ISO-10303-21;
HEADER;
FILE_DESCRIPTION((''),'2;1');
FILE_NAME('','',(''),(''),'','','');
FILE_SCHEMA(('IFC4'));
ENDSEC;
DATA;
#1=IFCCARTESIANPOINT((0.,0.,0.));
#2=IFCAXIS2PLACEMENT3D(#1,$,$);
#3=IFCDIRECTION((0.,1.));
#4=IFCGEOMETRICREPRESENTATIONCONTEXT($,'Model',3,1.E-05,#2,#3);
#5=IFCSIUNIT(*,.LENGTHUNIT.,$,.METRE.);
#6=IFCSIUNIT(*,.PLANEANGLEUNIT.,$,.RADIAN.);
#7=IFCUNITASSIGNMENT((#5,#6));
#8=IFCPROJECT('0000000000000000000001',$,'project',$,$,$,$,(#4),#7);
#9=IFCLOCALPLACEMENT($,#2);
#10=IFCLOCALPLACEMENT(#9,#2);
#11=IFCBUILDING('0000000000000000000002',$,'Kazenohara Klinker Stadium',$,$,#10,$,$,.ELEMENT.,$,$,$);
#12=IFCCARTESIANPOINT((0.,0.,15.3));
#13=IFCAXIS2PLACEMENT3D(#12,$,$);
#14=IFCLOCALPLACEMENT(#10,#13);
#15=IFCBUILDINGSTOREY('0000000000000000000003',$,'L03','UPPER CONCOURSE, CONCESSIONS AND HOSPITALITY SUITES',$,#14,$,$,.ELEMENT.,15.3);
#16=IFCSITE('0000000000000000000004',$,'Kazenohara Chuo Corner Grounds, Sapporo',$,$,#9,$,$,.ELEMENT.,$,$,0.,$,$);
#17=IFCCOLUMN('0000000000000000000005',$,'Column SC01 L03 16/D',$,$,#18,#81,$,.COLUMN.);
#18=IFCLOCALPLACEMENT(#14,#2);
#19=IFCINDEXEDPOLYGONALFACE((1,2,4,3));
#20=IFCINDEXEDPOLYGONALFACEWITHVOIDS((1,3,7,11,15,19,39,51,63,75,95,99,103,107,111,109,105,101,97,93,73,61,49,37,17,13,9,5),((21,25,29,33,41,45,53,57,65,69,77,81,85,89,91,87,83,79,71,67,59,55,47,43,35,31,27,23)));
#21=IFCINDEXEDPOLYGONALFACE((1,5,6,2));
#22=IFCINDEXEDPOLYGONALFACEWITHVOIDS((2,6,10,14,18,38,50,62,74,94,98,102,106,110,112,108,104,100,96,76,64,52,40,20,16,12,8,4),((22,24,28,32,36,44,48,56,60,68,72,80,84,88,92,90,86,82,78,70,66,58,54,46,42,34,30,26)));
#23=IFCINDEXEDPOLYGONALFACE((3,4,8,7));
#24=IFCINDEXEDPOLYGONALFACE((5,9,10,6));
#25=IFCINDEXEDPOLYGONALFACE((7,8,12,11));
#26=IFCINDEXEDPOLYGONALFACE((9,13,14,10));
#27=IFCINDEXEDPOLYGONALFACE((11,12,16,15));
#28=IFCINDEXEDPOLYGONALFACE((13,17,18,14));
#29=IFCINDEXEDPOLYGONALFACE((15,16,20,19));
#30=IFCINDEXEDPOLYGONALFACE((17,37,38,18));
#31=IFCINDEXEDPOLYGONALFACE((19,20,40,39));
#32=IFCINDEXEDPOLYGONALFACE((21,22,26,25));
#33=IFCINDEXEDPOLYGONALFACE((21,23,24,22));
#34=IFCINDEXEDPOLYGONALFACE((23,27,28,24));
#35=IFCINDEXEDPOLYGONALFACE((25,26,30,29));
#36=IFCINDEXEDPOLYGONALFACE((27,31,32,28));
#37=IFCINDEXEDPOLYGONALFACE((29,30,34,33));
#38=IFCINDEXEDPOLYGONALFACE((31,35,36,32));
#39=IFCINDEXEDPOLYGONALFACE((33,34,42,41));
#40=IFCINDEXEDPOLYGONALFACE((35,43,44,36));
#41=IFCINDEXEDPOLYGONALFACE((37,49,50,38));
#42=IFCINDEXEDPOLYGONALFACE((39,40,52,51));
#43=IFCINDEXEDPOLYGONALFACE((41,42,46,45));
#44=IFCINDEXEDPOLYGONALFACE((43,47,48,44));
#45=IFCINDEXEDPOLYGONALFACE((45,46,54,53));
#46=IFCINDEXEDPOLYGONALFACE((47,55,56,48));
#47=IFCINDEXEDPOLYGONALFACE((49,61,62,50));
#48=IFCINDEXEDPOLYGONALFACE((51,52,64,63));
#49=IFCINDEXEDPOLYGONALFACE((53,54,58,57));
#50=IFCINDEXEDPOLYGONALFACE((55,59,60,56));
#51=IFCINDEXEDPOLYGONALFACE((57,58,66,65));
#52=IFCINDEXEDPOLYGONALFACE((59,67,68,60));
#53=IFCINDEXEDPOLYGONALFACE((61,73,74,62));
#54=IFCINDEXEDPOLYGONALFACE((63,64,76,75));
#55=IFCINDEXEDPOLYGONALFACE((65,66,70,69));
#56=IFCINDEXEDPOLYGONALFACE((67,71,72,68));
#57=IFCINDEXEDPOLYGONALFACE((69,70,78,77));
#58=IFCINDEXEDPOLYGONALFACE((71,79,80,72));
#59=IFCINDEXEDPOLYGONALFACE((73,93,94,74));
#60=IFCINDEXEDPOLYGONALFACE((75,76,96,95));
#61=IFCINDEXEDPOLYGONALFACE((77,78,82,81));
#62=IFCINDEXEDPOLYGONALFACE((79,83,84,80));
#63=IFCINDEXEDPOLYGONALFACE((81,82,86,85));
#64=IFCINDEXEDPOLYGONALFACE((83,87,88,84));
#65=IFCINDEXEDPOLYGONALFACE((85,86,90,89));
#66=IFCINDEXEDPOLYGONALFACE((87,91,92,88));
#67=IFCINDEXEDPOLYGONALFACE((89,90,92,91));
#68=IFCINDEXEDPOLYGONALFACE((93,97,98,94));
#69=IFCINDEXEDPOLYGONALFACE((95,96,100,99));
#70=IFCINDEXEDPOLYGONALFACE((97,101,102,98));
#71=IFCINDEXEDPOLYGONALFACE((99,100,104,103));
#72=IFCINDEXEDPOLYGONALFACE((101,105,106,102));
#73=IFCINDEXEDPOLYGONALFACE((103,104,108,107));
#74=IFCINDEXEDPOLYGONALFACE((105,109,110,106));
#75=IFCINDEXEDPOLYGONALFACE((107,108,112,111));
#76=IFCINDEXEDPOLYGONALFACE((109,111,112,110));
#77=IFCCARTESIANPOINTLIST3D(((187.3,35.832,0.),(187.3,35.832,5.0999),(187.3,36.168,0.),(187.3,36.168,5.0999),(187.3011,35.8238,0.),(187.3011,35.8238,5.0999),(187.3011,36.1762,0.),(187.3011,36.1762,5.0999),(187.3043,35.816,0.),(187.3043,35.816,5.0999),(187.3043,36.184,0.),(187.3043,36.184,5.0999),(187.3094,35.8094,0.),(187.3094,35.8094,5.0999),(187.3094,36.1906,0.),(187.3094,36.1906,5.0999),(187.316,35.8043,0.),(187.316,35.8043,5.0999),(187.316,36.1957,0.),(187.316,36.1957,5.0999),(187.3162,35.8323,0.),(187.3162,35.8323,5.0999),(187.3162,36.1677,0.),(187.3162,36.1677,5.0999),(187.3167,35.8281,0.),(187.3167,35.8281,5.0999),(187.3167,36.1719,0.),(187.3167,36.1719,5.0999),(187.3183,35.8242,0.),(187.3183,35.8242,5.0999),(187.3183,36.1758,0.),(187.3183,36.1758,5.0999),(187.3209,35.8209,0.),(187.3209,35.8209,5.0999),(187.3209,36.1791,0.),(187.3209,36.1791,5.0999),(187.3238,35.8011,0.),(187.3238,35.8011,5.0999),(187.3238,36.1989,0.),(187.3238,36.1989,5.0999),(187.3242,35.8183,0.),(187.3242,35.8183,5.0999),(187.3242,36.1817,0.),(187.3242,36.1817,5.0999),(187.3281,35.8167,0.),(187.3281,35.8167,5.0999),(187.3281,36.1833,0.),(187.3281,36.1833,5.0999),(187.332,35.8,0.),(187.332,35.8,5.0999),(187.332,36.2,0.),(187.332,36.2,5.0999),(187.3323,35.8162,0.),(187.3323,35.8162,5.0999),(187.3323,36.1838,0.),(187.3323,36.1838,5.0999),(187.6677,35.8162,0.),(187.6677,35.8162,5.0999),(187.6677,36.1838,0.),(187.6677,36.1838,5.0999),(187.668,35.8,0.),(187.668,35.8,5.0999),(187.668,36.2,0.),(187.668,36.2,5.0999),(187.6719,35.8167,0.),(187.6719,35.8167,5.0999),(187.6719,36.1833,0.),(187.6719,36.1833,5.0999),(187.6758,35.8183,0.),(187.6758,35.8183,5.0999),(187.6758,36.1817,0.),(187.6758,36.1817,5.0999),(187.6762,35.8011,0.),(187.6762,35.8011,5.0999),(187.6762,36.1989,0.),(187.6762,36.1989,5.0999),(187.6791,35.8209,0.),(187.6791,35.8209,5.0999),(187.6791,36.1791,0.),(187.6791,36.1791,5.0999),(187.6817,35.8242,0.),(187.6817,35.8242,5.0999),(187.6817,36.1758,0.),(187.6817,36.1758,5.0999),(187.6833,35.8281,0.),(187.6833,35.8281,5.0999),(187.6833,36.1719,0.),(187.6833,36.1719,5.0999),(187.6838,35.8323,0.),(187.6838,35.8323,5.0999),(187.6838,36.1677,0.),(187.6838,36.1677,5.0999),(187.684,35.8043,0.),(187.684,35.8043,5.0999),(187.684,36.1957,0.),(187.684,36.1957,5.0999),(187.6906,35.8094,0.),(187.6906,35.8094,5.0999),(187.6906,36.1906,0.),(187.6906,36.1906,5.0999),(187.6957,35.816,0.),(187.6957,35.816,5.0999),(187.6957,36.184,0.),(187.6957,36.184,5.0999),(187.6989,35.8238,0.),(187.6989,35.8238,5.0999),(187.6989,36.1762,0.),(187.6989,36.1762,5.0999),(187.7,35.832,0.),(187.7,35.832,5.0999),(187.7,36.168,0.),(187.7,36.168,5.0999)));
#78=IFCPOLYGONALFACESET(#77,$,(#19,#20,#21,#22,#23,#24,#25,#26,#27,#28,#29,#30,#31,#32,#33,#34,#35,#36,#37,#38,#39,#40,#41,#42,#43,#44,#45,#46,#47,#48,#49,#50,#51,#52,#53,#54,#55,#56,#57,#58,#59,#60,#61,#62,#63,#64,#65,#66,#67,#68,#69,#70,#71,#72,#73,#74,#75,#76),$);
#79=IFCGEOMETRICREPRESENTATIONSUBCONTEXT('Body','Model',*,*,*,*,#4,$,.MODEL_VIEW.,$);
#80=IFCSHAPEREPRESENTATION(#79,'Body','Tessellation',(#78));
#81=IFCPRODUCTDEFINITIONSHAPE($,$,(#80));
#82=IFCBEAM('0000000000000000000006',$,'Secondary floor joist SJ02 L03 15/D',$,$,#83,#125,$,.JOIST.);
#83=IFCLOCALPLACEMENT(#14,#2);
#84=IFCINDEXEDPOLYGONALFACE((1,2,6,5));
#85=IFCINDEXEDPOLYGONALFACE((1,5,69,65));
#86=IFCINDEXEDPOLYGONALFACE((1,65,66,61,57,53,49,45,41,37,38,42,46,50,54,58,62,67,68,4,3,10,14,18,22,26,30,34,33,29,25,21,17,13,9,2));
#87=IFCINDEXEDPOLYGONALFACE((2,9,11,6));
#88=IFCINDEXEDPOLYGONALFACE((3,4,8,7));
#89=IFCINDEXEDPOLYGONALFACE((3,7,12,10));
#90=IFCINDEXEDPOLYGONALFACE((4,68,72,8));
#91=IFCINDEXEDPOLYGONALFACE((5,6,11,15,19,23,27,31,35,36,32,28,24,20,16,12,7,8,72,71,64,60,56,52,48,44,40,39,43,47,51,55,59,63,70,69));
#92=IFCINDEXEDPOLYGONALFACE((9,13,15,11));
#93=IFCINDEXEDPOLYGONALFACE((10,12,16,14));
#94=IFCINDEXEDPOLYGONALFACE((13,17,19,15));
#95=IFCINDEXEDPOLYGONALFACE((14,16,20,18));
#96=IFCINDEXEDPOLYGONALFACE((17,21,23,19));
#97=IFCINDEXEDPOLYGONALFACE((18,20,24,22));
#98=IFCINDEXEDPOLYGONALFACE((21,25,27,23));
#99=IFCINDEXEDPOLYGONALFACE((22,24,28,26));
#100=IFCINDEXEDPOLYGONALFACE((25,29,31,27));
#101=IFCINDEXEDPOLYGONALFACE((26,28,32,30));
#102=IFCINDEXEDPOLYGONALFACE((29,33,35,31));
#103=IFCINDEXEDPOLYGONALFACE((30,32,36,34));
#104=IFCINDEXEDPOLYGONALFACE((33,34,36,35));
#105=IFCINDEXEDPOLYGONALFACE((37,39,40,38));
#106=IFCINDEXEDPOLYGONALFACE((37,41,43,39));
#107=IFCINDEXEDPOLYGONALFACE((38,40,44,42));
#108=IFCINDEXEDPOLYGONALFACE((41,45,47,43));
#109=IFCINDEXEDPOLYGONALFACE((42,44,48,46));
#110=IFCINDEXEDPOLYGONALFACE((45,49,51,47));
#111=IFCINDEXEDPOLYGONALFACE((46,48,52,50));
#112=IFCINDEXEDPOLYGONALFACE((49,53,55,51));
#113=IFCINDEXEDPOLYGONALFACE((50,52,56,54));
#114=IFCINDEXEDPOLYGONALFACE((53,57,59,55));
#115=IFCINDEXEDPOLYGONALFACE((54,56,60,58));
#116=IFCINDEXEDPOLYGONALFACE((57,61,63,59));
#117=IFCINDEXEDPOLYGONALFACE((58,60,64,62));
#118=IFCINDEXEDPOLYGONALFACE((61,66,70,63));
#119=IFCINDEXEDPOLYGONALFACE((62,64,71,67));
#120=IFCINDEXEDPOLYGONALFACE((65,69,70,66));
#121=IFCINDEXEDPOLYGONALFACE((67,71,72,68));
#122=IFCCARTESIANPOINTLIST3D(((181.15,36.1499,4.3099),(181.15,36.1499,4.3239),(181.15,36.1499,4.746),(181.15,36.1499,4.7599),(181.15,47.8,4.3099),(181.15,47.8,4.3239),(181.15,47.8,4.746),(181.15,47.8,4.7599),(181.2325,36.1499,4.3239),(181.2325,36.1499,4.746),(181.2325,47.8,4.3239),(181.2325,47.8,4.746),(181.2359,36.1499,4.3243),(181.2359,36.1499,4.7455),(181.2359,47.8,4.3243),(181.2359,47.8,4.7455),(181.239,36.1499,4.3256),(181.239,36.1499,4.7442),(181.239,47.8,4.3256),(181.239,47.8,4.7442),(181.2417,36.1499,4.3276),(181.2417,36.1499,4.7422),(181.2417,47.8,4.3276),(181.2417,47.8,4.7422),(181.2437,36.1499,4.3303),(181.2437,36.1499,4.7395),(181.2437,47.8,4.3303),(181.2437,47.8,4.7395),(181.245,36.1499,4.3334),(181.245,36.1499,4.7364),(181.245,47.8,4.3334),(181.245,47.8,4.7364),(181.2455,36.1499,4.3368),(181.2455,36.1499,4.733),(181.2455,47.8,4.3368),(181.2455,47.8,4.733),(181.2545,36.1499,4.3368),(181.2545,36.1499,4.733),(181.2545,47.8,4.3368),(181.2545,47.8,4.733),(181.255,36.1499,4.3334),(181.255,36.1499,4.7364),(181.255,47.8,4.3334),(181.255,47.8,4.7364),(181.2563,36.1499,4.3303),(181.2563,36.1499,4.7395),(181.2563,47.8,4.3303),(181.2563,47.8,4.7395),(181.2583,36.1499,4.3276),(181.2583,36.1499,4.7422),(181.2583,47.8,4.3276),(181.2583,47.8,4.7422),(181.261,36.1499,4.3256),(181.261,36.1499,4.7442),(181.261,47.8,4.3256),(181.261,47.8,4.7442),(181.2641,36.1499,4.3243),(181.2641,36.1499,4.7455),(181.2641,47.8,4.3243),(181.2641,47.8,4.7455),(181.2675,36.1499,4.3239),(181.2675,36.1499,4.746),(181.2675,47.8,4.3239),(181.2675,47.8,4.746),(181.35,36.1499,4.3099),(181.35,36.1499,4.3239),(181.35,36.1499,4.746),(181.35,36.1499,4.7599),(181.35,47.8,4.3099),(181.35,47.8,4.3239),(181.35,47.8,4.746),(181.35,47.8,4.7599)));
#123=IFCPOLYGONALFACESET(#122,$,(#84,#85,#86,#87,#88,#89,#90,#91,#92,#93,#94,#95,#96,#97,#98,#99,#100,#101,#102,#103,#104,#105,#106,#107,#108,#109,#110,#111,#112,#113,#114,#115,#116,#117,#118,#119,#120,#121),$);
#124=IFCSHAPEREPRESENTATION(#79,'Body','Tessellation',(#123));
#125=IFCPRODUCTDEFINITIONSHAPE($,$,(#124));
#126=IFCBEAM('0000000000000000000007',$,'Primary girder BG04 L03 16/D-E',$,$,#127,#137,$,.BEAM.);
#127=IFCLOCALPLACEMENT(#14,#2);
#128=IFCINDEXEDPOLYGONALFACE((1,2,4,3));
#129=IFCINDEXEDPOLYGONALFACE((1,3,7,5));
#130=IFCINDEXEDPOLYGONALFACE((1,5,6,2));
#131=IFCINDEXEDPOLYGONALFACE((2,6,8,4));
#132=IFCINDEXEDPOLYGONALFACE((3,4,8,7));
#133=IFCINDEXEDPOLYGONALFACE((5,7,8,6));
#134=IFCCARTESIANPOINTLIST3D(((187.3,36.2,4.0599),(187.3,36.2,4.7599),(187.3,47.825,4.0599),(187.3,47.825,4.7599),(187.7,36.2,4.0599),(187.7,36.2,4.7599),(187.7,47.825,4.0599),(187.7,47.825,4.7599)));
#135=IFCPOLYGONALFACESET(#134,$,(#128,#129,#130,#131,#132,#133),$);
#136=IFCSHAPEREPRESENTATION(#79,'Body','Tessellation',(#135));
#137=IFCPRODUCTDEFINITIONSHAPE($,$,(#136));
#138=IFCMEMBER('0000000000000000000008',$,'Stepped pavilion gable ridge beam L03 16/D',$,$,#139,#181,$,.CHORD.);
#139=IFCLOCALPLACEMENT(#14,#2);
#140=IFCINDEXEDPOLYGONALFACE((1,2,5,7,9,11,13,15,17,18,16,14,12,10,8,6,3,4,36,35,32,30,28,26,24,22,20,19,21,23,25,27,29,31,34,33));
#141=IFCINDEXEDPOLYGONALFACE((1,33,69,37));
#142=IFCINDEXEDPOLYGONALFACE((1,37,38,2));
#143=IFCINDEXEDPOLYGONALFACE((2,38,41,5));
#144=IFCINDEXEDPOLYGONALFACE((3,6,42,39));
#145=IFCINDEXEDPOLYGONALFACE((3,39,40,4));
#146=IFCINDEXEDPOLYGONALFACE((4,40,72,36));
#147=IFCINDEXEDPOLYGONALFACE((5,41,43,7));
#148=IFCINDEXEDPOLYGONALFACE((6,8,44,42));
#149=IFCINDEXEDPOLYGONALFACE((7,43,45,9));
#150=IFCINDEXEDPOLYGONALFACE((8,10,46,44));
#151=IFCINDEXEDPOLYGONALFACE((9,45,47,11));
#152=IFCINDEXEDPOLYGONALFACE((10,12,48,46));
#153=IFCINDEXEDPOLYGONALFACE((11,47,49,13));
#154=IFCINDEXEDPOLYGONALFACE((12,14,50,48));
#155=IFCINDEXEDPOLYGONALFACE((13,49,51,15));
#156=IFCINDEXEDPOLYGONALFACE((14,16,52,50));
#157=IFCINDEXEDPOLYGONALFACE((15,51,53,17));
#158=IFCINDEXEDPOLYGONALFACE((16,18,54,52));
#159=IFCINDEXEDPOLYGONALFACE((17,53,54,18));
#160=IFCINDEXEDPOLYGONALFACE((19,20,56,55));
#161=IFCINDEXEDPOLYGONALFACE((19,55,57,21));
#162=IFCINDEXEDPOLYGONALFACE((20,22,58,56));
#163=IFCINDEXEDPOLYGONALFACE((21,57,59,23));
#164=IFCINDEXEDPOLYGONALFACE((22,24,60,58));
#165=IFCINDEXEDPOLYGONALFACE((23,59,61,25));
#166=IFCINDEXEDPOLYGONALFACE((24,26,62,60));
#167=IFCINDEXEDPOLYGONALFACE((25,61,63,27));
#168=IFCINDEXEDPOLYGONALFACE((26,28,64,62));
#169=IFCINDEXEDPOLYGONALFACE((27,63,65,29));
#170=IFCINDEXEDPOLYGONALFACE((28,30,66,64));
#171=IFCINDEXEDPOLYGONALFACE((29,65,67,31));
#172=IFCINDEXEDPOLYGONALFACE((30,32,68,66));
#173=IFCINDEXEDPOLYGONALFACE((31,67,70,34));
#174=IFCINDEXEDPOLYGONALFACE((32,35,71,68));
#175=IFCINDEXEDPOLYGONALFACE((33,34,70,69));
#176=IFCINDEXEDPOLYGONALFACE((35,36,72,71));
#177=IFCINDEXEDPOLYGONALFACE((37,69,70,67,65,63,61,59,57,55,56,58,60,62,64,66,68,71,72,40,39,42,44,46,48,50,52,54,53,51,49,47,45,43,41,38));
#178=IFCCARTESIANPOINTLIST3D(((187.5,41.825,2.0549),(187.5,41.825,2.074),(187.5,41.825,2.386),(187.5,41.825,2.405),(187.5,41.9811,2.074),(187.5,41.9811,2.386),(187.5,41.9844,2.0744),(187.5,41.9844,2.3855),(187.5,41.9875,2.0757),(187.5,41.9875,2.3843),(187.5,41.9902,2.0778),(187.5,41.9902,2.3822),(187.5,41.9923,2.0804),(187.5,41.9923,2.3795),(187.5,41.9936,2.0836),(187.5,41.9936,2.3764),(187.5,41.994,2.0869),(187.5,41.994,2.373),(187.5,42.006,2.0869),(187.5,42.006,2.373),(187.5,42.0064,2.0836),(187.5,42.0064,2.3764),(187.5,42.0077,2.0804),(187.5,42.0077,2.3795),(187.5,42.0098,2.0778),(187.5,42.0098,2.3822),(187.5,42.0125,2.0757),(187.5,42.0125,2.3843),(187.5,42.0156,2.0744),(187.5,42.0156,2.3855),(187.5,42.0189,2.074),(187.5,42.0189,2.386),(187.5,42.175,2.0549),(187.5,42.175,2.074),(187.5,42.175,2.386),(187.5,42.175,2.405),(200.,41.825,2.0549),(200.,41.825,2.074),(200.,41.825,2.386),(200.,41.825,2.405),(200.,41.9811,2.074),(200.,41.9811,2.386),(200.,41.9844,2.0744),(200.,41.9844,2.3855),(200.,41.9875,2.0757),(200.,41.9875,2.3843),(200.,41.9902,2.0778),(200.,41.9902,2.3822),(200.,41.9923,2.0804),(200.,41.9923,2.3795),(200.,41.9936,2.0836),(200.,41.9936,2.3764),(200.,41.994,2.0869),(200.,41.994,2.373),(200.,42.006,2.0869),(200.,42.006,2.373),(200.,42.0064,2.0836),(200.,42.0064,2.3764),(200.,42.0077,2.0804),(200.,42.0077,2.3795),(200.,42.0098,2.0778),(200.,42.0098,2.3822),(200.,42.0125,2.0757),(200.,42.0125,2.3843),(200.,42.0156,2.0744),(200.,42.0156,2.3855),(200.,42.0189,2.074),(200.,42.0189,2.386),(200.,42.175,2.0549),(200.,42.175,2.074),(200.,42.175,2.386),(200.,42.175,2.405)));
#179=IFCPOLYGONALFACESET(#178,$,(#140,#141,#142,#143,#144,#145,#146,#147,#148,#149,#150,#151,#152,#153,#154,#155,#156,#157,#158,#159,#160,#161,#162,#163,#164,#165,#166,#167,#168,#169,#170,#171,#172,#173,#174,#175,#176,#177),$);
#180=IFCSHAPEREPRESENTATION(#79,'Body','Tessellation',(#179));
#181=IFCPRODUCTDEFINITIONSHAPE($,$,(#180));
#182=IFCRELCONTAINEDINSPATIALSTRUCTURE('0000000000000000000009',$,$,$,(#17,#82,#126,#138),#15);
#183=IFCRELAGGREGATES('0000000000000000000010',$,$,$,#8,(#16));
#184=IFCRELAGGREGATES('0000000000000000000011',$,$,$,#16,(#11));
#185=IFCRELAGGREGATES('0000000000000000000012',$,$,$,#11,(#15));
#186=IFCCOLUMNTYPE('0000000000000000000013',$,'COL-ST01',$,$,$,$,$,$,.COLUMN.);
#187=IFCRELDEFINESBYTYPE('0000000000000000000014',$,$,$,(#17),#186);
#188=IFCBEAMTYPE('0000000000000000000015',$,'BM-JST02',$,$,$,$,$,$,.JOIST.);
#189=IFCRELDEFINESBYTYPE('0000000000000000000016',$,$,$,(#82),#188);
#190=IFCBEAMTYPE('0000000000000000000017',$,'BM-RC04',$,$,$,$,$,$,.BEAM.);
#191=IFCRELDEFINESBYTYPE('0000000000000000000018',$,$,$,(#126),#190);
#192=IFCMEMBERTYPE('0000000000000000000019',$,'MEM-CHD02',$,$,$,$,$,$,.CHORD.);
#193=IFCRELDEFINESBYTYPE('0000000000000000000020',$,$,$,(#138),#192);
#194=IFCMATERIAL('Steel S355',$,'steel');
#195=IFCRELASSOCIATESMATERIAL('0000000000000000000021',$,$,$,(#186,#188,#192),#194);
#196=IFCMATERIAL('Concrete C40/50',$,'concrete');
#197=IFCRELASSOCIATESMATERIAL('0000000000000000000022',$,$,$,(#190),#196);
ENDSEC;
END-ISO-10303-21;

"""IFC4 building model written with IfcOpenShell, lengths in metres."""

from ifc_helpers import new_model, si_unit, direction, frame, origin, origin_2d, place, context, subcontext, project, spatial, rectangle, hollow_rectangle, i_section, extrude, material, material_profile, profile_set, type_object, element, save


model = new_model("IFC4")

# Units and contexts
model_context = context("Model", 3, precision=1e-05, world=origin(), true_north=direction((0.0, 1.0)))
body_context = subcontext(model_context, "Body", "Model", "MODEL_VIEW")
ifc_project = project(units=[si_unit("LENGTHUNIT", "METRE"), si_unit("PLANEANGLEUNIT", "RADIAN")], contexts=[model_context])

# Site, building, storey
site_placement = place(None, origin())
site = spatial("IfcSite", under=ifc_project, at=site_placement, Name="Kazenohara Chuo Corner Grounds, Sapporo", CompositionType="ELEMENT", RefElevation=0.0)
building_placement = place(site_placement, origin())
building = spatial("IfcBuilding", under=site, at=building_placement, Name="Kazenohara Klinker Stadium", CompositionType="ELEMENT")
storey_placement = place(building_placement, frame((0.0, 0.0, 15.3)))
storey = spatial("IfcBuildingStorey", under=building, at=storey_placement, Name="L03", Description="UPPER CONCOURSE, CONCESSIONS AND HOSPITALITY SUITES", CompositionType="ELEMENT", Elevation=15.3)

# Column
ifc_material_1 = material(Name="Steel S355", Category="steel")
ifc_material_profile_1 = material_profile(ifc_material_1, hollow_rectangle(XDim=0.3999, YDim=0.3999, WallThickness=0.0161, InnerFilletRadius=0.0161, OuterFilletRadius=0.032, at=origin_2d()), Name="SHS-400x400x16")
ifc_profile_set_1 = profile_set([ifc_material_profile_1], Name="Steel S355")
column_type = type_object("IfcColumnType", Name="COL-ST01", PredefinedType="COLUMN", material=ifc_profile_set_1)
column_placement = place(storey_placement, frame((187.5, 36.0, 0.0), z_axis=(0.0, 0.0, 1.0), x_axis=(1.0, 0.0, 0.0)))
element("IfcColumn", 1, at=column_placement, inside=storey, type_object=column_type, Name="Column SC01 L03 16/D", PredefinedType="COLUMN", context=body_context, shape_type="SweptSolid", body=[
    extrude(hollow_rectangle(XDim=0.3999, YDim=0.3999, WallThickness=0.0161, InnerFilletRadius=0.0161, OuterFilletRadius=0.032, at=origin_2d()), origin(), (0.0, 0.0, 1.0), 5.0999),
])

# Beams
ifc_material_profile_2 = material_profile(ifc_material_1, i_section(OverallWidth=0.2, OverallDepth=0.45, WebThickness=0.009, FlangeThickness=0.0139, FilletRadius=0.0129, at=origin_2d()), Name="H-450x200x9x14")
ifc_profile_set_2 = profile_set([ifc_material_profile_2], Name="Steel S355")
beam_type_1 = type_object("IfcBeamType", Name="BM-JST02", PredefinedType="JOIST", material=ifc_profile_set_2)
beam_1_placement = place(storey_placement, frame((181.25, 36.1499, 4.5349), z_axis=(0.0, 1.0, 0.0), x_axis=(-1.0, 0.0, 0.0)))
element("IfcBeam", 2, at=beam_1_placement, inside=storey, type_object=beam_type_1, Name="Secondary floor joist SJ02 L03 15/D", PredefinedType="JOIST", context=body_context, shape_type="SweptSolid", body=[
    extrude(i_section(OverallWidth=0.2, OverallDepth=0.45, WebThickness=0.009, FlangeThickness=0.0139, FilletRadius=0.0129, at=origin_2d()), origin(), (0.0, 0.0, 1.0), 11.6501),
])
ifc_material_2 = material(Name="Concrete C40/50", Category="concrete")
ifc_material_profile_3 = material_profile(ifc_material_2, rectangle(XDim=0.3999, YDim=0.7, at=origin_2d()), Name="RC-BM-400x700")
ifc_profile_set_3 = profile_set([ifc_material_profile_3], Name="Concrete C40/50")
beam_type_2 = type_object("IfcBeamType", Name="BM-RC04", PredefinedType="BEAM", material=ifc_profile_set_3)
beam_2_placement = place(storey_placement, frame((187.5, 36.2, 4.4099), z_axis=(0.0, 1.0, 0.0), x_axis=(-1.0, 0.0, 0.0)))
element("IfcBeam", 3, at=beam_2_placement, inside=storey, type_object=beam_type_2, Name="Primary girder BG04 L03 16/D-E", PredefinedType="BEAM", context=body_context, shape_type="SweptSolid", body=[
    extrude(rectangle(XDim=0.3999, YDim=0.7, at=origin_2d()), origin(), (0.0, 0.0, 1.0), 11.625),
])

# Member
ifc_material_profile_4 = material_profile(ifc_material_1, i_section(OverallWidth=0.3501, OverallDepth=0.3501, WebThickness=0.012, FlangeThickness=0.019, FilletRadius=0.0129, at=origin_2d()), Name="H-350x350x12x19")
ifc_profile_set_4 = profile_set([ifc_material_profile_4], Name="Steel S355")
member_type_1 = type_object("IfcMemberType", Name="MEM-CHD02", PredefinedType="CHORD", material=ifc_profile_set_4)
member_1_placement = place(storey_placement, frame((187.5, 42.0, 2.23), z_axis=(1.0, 0.0, 0.0), x_axis=(0.0, 1.0, 0.0)))
element("IfcMember", 4, at=member_1_placement, inside=storey, type_object=member_type_1, Name="Stepped pavilion gable ridge beam L03 16/D", PredefinedType="CHORD", context=body_context, shape_type="SweptSolid", body=[
    extrude(i_section(OverallWidth=0.3501, OverallDepth=0.3501, WebThickness=0.012, FlangeThickness=0.019, FilletRadius=0.0129, at=origin_2d()), origin(), (0.0, 0.0, 1.0), 12.5),
])

save(model, "model.ifc")
